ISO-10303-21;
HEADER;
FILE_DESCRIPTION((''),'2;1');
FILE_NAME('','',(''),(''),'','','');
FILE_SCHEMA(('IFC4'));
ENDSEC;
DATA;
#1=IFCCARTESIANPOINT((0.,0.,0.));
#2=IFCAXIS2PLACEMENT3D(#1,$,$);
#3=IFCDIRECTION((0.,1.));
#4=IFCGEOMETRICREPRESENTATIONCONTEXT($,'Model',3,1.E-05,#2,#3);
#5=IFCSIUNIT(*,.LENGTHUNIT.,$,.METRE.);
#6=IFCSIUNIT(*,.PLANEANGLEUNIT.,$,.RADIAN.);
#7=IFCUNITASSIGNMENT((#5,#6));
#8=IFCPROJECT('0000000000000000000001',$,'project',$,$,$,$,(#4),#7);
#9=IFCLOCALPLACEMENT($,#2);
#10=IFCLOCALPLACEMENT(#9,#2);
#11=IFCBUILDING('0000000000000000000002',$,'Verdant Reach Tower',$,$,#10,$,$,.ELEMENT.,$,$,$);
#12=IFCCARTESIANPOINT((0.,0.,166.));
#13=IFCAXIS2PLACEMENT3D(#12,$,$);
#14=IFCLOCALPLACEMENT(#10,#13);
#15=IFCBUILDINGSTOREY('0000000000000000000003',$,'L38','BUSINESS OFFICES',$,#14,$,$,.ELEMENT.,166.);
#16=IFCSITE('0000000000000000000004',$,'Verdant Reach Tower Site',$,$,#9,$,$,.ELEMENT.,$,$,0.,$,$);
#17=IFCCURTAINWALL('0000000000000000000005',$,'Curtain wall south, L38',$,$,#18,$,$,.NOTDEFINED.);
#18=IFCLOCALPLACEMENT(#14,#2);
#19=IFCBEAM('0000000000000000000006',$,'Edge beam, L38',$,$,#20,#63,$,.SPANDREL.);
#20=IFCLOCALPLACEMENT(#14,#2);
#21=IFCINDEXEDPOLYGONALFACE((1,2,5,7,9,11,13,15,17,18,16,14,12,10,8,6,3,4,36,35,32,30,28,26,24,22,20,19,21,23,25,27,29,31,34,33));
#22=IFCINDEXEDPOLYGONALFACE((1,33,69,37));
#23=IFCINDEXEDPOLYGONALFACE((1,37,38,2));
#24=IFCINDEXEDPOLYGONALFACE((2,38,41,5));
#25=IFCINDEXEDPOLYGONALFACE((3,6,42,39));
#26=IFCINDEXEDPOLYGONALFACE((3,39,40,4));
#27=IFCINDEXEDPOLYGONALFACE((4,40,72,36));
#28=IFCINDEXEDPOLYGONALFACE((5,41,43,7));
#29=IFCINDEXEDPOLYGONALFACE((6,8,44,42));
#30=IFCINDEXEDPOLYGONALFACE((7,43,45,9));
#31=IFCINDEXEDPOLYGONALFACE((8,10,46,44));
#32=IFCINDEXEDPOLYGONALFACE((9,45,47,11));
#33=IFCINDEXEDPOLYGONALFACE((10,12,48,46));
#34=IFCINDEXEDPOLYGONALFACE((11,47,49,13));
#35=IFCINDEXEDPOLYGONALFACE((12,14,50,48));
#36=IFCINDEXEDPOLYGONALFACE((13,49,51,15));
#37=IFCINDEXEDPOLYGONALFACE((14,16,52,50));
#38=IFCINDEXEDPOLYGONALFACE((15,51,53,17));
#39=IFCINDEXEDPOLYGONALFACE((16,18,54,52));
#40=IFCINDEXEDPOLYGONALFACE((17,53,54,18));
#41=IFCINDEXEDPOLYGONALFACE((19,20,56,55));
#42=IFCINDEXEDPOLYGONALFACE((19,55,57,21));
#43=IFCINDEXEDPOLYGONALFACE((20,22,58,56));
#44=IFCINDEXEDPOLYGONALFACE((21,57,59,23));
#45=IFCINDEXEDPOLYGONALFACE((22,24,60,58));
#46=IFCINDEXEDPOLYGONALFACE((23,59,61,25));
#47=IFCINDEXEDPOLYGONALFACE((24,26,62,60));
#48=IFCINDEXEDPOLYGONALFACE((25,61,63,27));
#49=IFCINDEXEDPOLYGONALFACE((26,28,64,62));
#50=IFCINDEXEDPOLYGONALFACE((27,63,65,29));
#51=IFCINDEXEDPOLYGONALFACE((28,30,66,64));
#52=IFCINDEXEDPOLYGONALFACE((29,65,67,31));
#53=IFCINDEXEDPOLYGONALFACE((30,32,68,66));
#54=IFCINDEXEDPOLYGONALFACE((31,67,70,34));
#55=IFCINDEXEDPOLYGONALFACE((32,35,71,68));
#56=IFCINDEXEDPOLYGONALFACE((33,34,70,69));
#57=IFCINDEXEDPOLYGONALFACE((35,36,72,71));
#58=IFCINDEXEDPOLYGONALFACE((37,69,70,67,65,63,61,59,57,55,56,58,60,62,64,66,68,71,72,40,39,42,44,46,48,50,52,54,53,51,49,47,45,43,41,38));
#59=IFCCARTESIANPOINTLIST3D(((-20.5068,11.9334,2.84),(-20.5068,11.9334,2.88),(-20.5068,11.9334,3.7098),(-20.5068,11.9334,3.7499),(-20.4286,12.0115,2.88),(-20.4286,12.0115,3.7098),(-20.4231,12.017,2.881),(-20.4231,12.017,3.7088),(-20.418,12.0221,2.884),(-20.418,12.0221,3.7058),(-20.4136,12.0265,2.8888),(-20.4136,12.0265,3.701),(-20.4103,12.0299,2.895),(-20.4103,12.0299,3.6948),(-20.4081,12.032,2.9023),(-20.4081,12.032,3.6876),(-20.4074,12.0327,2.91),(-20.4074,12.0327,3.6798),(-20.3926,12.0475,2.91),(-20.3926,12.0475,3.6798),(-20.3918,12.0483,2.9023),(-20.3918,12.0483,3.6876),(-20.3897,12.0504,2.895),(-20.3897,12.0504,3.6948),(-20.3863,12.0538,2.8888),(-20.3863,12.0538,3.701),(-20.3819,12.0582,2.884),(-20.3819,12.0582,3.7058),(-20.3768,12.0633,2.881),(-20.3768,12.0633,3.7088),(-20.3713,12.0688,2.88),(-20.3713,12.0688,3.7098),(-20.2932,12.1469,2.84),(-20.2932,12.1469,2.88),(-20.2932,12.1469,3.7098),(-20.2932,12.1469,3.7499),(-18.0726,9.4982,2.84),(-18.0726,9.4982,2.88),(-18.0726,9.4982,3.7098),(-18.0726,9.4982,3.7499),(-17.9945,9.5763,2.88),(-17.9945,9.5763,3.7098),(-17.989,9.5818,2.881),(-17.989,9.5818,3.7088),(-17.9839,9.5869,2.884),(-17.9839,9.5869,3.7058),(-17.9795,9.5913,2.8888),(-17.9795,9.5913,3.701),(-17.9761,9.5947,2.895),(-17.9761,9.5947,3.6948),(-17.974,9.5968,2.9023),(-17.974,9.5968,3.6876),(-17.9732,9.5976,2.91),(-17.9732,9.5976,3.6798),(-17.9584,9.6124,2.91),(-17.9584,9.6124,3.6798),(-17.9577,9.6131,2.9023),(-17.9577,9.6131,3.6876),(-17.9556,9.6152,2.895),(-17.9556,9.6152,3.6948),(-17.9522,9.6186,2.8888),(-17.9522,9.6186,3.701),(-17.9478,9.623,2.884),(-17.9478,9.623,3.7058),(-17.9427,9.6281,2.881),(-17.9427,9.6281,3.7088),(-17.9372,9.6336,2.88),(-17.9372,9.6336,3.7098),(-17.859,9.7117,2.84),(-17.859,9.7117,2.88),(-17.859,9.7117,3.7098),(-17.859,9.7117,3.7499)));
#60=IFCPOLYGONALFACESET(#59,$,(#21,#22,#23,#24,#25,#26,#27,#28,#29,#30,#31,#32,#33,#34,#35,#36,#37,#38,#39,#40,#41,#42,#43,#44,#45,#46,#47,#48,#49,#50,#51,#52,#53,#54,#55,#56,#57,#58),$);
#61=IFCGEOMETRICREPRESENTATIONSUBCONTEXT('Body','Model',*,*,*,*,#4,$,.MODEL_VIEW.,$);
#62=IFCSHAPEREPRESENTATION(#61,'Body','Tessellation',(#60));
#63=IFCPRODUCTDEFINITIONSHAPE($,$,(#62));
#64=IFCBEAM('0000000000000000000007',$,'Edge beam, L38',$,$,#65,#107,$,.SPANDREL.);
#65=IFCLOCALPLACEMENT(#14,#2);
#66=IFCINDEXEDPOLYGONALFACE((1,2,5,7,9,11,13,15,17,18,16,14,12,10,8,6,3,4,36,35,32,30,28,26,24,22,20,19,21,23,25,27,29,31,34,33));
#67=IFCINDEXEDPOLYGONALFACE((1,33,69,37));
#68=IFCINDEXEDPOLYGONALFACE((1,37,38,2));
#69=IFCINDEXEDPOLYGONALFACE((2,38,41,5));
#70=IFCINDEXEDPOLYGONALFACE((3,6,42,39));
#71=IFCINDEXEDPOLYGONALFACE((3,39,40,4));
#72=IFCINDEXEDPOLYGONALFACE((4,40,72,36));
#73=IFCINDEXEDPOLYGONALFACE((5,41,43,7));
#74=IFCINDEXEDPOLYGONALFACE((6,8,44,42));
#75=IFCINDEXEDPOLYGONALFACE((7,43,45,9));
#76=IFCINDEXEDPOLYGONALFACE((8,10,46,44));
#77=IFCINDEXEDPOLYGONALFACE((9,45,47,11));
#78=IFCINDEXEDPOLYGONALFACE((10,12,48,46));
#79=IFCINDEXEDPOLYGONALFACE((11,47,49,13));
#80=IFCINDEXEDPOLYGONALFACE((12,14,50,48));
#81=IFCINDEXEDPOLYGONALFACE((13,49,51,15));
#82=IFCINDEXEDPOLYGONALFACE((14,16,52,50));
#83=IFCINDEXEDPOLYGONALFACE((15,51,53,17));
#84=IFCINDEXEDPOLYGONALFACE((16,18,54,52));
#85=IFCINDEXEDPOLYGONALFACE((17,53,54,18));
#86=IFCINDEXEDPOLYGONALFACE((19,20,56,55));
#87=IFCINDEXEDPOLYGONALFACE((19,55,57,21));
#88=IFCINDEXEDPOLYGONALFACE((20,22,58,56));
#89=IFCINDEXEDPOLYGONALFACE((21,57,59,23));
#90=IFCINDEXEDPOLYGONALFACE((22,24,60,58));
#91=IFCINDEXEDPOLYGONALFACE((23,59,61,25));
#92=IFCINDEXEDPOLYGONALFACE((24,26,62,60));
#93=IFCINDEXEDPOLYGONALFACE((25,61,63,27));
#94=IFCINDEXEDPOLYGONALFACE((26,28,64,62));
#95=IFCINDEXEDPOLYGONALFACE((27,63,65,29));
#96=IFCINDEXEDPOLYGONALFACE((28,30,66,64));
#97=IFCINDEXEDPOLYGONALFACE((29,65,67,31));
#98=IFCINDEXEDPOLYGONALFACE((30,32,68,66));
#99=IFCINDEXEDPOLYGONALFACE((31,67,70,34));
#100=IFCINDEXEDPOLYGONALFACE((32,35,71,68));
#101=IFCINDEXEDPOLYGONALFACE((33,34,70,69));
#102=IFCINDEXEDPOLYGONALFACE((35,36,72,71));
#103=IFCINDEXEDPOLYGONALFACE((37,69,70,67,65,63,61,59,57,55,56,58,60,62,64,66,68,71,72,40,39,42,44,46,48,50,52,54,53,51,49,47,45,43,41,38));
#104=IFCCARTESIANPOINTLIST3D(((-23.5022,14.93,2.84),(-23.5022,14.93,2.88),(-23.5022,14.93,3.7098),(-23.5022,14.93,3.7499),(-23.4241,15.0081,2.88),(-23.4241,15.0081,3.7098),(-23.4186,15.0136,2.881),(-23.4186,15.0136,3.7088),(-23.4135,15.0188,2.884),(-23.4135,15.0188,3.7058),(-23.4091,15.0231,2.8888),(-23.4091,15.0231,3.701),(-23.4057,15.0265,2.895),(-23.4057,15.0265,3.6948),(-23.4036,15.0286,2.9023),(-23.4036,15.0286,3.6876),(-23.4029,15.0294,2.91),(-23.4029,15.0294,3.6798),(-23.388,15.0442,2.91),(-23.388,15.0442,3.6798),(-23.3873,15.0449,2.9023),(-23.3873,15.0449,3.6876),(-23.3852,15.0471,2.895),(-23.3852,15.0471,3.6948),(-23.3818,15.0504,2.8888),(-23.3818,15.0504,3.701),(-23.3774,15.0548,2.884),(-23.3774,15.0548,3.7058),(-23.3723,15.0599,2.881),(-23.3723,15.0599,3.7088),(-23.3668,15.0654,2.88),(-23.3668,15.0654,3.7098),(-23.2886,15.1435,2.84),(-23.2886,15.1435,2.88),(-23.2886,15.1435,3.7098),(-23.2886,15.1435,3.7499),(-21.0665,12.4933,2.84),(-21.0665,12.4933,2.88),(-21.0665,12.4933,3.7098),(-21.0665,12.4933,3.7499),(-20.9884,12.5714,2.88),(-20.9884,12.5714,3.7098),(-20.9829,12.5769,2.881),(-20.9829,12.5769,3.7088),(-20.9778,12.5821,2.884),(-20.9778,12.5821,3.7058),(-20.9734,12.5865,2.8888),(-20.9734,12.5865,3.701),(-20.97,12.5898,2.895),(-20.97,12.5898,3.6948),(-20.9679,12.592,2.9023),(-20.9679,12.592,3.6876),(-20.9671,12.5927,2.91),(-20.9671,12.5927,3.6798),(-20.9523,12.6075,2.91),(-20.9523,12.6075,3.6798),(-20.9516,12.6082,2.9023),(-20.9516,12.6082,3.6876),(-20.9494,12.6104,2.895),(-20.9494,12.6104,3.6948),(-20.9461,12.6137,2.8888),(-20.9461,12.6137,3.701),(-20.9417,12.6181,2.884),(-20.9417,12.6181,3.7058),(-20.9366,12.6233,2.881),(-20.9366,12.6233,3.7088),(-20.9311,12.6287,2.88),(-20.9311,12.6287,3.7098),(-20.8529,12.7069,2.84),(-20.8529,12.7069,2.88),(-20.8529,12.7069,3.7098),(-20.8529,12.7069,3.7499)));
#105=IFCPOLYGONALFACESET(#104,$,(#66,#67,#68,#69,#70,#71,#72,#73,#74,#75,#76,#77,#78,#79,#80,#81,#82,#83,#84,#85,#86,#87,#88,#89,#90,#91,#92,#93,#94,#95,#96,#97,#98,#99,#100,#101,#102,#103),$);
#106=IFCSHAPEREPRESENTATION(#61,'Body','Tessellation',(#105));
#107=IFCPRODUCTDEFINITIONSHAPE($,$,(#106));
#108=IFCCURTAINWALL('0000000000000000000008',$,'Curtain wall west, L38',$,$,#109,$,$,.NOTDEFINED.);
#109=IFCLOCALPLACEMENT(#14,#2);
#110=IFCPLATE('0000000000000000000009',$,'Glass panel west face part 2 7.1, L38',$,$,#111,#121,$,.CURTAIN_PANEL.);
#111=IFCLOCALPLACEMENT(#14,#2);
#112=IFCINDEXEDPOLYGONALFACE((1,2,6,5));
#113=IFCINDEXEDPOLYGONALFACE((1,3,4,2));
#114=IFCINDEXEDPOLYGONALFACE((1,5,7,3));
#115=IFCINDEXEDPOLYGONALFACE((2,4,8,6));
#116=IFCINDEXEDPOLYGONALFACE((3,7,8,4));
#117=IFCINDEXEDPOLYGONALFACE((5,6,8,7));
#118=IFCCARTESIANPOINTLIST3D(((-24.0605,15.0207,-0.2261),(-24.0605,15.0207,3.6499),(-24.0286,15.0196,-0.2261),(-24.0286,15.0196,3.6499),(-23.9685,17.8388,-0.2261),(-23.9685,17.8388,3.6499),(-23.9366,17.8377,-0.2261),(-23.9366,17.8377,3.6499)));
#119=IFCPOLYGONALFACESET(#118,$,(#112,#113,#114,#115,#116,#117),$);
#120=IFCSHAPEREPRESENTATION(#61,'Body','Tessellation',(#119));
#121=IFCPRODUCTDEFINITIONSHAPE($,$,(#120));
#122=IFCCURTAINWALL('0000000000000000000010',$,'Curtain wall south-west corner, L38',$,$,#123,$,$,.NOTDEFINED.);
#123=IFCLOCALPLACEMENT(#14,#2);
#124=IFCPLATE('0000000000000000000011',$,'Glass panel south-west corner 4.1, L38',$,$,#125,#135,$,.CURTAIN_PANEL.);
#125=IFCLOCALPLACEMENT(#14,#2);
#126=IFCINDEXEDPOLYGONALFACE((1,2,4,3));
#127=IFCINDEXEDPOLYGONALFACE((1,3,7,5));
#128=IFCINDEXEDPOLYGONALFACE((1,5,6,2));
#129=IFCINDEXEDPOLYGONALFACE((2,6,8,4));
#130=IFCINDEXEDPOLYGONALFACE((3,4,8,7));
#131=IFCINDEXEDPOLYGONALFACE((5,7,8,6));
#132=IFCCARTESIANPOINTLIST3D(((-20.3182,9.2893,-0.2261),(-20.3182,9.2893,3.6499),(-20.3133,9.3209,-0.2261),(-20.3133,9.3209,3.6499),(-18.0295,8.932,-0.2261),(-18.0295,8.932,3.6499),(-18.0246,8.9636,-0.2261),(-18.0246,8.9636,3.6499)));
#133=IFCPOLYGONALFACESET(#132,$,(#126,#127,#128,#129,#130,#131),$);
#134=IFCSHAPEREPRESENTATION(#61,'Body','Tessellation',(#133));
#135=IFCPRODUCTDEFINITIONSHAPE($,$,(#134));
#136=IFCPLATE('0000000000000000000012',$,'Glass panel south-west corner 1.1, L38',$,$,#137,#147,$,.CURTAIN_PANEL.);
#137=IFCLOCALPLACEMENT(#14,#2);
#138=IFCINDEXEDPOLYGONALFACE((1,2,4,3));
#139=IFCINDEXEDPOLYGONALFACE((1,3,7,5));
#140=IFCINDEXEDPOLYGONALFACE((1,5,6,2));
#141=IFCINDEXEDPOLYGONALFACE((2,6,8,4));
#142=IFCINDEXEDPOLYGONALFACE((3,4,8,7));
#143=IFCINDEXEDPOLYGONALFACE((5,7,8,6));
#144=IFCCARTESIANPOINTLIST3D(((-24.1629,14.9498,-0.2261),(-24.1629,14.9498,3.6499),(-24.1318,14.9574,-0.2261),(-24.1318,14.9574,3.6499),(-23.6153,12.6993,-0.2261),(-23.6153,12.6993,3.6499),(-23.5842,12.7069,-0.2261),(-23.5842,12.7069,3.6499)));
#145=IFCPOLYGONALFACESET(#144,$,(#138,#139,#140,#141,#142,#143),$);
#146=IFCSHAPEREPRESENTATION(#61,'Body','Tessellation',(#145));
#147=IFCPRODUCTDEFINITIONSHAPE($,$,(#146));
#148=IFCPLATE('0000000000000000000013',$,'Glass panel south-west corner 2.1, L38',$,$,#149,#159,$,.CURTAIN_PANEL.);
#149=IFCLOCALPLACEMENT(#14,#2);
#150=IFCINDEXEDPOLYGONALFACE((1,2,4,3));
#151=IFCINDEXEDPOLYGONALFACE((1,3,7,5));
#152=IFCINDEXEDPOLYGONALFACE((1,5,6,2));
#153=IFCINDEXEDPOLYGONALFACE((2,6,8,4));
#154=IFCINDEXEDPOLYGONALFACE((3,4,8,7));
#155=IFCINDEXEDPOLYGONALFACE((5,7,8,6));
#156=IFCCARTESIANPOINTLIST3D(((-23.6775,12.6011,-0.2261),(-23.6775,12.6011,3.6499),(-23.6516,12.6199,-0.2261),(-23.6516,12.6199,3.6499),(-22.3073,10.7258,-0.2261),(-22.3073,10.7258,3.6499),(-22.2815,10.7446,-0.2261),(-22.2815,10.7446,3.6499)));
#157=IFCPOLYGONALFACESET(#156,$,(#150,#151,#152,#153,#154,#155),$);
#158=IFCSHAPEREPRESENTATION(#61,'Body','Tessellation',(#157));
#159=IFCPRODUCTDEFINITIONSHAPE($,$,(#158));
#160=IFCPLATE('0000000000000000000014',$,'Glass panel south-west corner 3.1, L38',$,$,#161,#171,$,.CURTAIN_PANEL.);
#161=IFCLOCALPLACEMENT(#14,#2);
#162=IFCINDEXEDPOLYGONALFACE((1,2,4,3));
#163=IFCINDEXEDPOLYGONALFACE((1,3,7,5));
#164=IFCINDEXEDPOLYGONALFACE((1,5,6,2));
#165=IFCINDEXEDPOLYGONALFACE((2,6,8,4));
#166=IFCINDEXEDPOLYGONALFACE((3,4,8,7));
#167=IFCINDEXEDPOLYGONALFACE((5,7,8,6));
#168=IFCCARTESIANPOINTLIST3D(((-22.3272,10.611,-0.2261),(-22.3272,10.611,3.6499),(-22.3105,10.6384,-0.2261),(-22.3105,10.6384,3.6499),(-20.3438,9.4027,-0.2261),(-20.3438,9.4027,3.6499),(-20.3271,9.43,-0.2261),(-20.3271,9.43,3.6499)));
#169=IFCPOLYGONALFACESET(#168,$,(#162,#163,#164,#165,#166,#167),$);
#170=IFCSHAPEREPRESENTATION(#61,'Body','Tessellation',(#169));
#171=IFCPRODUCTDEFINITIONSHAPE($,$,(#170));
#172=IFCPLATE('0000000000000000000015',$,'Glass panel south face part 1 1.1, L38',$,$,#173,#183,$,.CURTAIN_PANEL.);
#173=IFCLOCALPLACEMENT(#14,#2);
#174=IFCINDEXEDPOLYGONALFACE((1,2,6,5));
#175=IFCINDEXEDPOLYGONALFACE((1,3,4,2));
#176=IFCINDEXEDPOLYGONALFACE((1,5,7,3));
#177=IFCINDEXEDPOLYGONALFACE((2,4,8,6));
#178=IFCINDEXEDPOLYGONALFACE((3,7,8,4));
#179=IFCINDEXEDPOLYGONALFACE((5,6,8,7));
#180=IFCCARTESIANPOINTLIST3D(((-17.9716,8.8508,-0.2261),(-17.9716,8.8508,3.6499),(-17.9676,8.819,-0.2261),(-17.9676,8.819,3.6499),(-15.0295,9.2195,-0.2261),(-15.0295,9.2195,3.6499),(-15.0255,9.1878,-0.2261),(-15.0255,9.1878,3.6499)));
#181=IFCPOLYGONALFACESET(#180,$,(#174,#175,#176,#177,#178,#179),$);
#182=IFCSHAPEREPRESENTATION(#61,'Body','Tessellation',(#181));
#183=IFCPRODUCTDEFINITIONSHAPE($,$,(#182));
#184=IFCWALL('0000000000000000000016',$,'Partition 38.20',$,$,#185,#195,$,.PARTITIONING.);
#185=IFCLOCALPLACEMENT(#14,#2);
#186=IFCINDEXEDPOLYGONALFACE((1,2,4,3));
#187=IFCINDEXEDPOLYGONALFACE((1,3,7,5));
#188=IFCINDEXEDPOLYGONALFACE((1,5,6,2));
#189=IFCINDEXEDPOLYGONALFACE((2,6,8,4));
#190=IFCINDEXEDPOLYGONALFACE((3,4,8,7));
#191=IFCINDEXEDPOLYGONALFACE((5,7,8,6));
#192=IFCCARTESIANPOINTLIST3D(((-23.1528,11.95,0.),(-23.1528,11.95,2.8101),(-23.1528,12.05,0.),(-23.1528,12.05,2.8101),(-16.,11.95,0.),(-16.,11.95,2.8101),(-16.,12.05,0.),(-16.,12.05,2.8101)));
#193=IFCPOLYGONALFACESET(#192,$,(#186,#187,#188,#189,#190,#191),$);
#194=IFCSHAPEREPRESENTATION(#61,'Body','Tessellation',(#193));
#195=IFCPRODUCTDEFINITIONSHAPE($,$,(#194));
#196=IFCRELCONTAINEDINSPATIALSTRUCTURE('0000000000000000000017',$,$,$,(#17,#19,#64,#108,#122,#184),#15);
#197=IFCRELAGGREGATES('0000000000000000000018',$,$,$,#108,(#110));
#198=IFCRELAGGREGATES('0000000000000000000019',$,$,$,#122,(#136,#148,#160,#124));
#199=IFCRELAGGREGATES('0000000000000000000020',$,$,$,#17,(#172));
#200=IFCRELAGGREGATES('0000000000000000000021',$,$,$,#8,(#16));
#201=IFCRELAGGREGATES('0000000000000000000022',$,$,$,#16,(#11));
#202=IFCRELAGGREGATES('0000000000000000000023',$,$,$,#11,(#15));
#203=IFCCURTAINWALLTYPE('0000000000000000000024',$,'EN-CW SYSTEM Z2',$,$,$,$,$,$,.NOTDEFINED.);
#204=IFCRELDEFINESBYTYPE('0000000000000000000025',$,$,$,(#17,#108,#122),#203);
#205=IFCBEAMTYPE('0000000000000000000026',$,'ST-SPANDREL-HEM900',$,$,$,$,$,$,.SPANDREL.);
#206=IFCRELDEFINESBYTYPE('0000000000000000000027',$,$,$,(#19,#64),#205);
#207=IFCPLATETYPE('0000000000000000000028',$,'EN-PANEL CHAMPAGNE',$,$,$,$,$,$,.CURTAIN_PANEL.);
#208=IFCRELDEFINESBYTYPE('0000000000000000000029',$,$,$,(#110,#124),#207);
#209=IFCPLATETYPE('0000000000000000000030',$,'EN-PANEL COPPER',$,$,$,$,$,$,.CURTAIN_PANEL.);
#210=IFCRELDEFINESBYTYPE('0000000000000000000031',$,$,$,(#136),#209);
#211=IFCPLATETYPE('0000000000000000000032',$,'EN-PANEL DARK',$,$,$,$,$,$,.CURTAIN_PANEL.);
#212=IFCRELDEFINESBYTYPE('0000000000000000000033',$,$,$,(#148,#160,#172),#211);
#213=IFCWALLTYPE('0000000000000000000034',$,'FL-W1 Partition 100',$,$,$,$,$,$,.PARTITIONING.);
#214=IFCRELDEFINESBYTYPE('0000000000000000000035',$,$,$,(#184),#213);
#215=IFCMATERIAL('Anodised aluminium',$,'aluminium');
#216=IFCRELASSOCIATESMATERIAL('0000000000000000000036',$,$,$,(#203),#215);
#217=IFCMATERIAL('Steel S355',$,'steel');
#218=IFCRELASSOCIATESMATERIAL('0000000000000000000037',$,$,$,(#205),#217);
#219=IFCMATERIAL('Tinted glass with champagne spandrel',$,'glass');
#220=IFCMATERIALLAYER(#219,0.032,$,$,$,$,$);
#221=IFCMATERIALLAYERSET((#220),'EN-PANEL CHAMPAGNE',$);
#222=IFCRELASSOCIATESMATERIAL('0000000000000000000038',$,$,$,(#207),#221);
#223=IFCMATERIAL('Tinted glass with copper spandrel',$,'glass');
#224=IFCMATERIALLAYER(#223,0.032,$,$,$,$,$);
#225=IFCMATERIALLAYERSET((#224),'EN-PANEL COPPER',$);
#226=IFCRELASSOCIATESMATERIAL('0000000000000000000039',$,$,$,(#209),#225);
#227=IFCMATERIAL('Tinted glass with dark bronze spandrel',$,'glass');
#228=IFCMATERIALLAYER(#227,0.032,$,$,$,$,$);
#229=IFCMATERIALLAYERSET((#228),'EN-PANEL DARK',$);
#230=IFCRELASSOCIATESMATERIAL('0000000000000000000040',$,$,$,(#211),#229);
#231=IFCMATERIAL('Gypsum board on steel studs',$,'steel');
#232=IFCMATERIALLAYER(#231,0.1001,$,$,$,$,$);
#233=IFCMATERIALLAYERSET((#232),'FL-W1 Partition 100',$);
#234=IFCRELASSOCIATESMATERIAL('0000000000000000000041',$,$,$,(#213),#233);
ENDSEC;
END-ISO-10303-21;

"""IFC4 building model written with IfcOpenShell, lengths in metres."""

from ifc_helpers import new_model, si_unit, direction, frame, frame_2d, origin, origin_2d, place, context, subcontext, project, spatial, rectangle, i_section, extrude, material, layer, layer_set, material_profile, profile_set, type_object, element, aggregate, save


model = new_model("IFC4")

# Units and contexts
model_context = context("Model", 3, precision=1e-05, world=origin(), true_north=direction((0.0, 1.0)))
body_context = subcontext(model_context, "Body", "Model", "MODEL_VIEW")
ifc_project = project(units=[si_unit("LENGTHUNIT", "METRE"), si_unit("PLANEANGLEUNIT", "RADIAN")], contexts=[model_context])

# Site, building, storey
site_placement = place(None, origin())
site = spatial("IfcSite", under=ifc_project, at=site_placement, Name="Verdant Reach Tower Site", CompositionType="ELEMENT", RefElevation=0.0)
building_placement = place(site_placement, origin())
building = spatial("IfcBuilding", under=site, at=building_placement, Name="Verdant Reach Tower", CompositionType="ELEMENT")
storey_placement = place(building_placement, frame((0.0, 0.0, 166.0)))
storey = spatial("IfcBuildingStorey", under=building, at=storey_placement, Name="L38", Description="BUSINESS OFFICES", CompositionType="ELEMENT", Elevation=166.0)

# Curtain wall
ifc_material_1 = material(Name="Anodised aluminium", Category="aluminium")
curtain_wall_type = type_object("IfcCurtainWallType", Name="EN-CW SYSTEM Z2", PredefinedType="NOTDEFINED", material=ifc_material_1)
curtain_wall_1_placement = place(storey_placement, origin())
curtain_wall_1 = element("IfcCurtainWall", 1, at=curtain_wall_1_placement, inside=storey, type_object=curtain_wall_type, Name="Curtain wall south, L38", PredefinedType="NOTDEFINED")

# Beams
ifc_material_2 = material(Name="Steel S355", Category="steel")
ifc_material_profile_1 = material_profile(ifc_material_2, i_section(OverallWidth=0.302, OverallDepth=0.9099, WebThickness=0.021, FlangeThickness=0.04, FilletRadius=0.03, at=origin_2d()), Name="HEM 900")
ifc_profile_set_1 = profile_set([ifc_material_profile_1], Name="Steel S355")
beam_type_1 = type_object("IfcBeamType", Name="ST-SPANDREL-HEM900", PredefinedType="SPANDREL", material=ifc_profile_set_1)
beam_1_placement = place(storey_placement, frame((-17.9658, 9.605, 3.2949), z_axis=(-0.706965, 0.707249, 0.0), x_axis=(-0.707249, -0.706965, 0.0)))
element("IfcBeam", 2, at=beam_1_placement, inside=storey, type_object=beam_type_1, Name="Edge beam, L38", PredefinedType="SPANDREL", context=body_context, shape_type="SweptSolid", body=[
    extrude(i_section(OverallWidth=0.302, OverallDepth=0.9099, WebThickness=0.021, FlangeThickness=0.04, FilletRadius=0.03, at=origin_2d()), origin(), (0.0, 0.0, 1.0), 3.4431),
])
beam_2_placement = place(storey_placement, frame((-20.9597, 12.6001, 3.2949), z_axis=(-0.706965, 0.707248, 0.0), x_axis=(-0.707248, -0.706965, 0.0)))
element("IfcBeam", 3, at=beam_2_placement, inside=storey, type_object=beam_type_1, Name="Edge beam, L38", PredefinedType="SPANDREL", context=body_context, shape_type="SweptSolid", body=[
    extrude(i_section(OverallWidth=0.302, OverallDepth=0.9099, WebThickness=0.021, FlangeThickness=0.04, FilletRadius=0.03, at=origin_2d()), origin(), (0.0, 0.0, 1.0), 3.4453),
])

# Curtain wall, plate
curtain_wall_2_placement = place(storey_placement, origin())
curtain_wall_2 = element("IfcCurtainWall", 4, at=curtain_wall_2_placement, inside=storey, type_object=curtain_wall_type, Name="Curtain wall west, L38", PredefinedType="NOTDEFINED")
ifc_material_3 = material(Name="Tinted glass with champagne spandrel", Category="glass")
ifc_layer_1 = layer(ifc_material_3, 0.032)
ifc_layer_set_1 = layer_set([ifc_layer_1], Name="EN-PANEL CHAMPAGNE")
plate_type_1 = type_object("IfcPlateType", Name="EN-PANEL CHAMPAGNE", PredefinedType="CURTAIN_PANEL", material=ifc_layer_set_1)
plate_1_placement = place(storey_placement, frame((-23.9985, 16.4292, -0.2261), z_axis=(0.0, 0.0, 1.0), x_axis=(-0.032628, -0.999468, 0.0)))
plate_1 = element("IfcPlate", 5, at=plate_1_placement, type_object=plate_type_1, Name="Glass panel west face part 2 7.1, L38", PredefinedType="CURTAIN_PANEL", context=body_context, shape_type="SweptSolid", body=[
    extrude(rectangle(XDim=2.8196, YDim=0.032, at=origin_2d()), origin(), (0.0, 0.0, 1.0), 3.876),
])
aggregate(curtain_wall_2, [plate_1])

# Curtain wall, plates
curtain_wall_3_placement = place(storey_placement, origin())
curtain_wall_3 = element("IfcCurtainWall", 6, at=curtain_wall_3_placement, inside=storey, type_object=curtain_wall_type, Name="Curtain wall south-west corner, L38", PredefinedType="NOTDEFINED")
plate_2_placement = place(storey_placement, frame((-19.1714, 9.1265, -0.2261), z_axis=(0.0, 0.0, 1.0), x_axis=(0.988031, -0.154256, 0.0)))
plate_2 = element("IfcPlate", 7, at=plate_2_placement, type_object=plate_type_1, Name="Glass panel south-west corner 4.1, L38", PredefinedType="CURTAIN_PANEL", context=body_context, shape_type="SweptSolid", body=[
    extrude(rectangle(XDim=2.3164, YDim=0.032, at=origin_2d()), origin(), (0.0, 0.0, 1.0), 3.876),
])
ifc_material_4 = material(Name="Tinted glass with copper spandrel", Category="glass")
ifc_layer_2 = layer(ifc_material_4, 0.032)
ifc_layer_set_2 = layer_set([ifc_layer_2], Name="EN-PANEL COPPER")
plate_type_2 = type_object("IfcPlateType", Name="EN-PANEL COPPER", PredefinedType="CURTAIN_PANEL", material=ifc_layer_set_2)
plate_3_placement = place(storey_placement, frame((-23.8735, 13.8284, -0.2261), z_axis=(0.0, 0.0, 1.0), x_axis=(0.236416, -0.971652, 0.0)))
plate_3 = element("IfcPlate", 8, at=plate_3_placement, type_object=plate_type_2, Name="Glass panel south-west corner 1.1, L38", PredefinedType="CURTAIN_PANEL", context=body_context, shape_type="SweptSolid", body=[
    extrude(rectangle(XDim=2.3162, YDim=0.032, at=origin_2d()), origin(), (0.0, 0.0, 1.0), 3.876),
])
ifc_material_5 = material(Name="Tinted glass with dark bronze spandrel", Category="glass")
ifc_layer_3 = layer(ifc_material_5, 0.032)
ifc_layer_set_3 = layer_set([ifc_layer_3], Name="EN-PANEL DARK")
plate_type_3 = type_object("IfcPlateType", Name="EN-PANEL DARK", PredefinedType="CURTAIN_PANEL", material=ifc_layer_set_3)
plate_4_placement = place(storey_placement, frame((-22.9795, 11.6729, -0.2261), z_axis=(0.0, 0.0, 1.0), x_axis=(0.589927, -0.807457, 0.0)))
plate_4 = element("IfcPlate", 9, at=plate_4_placement, type_object=plate_type_3, Name="Glass panel south-west corner 2.1, L38", PredefinedType="CURTAIN_PANEL", context=body_context, shape_type="SweptSolid", body=[
    extrude(rectangle(XDim=2.3225, YDim=0.032, at=origin_2d()), origin(), (0.0, 0.0, 1.0), 3.876),
])
plate_5_placement = place(storey_placement, frame((-21.3271, 10.0205, -0.2261), z_axis=(0.0, 0.0, 1.0), x_axis=(0.853989, -0.520292, 0.0)))
plate_5 = element("IfcPlate", 10, at=plate_5_placement, type_object=plate_type_3, Name="Glass panel south-west corner 3.1, L38", PredefinedType="CURTAIN_PANEL", context=body_context, shape_type="SweptSolid", body=[
    extrude(rectangle(XDim=2.3225, YDim=0.032, at=origin_2d()), origin(), (0.0, 0.0, 1.0), 3.876),
])
aggregate(curtain_wall_3, [plate_3, plate_4, plate_5, plate_2])

# Plate
plate_6_placement = place(storey_placement, frame((-16.4985, 9.0193, -0.2261), z_axis=(0.0, 0.0, 1.0), x_axis=(0.992237, 0.124365, 0.0)))
plate_6 = element("IfcPlate", 11, at=plate_6_placement, type_object=plate_type_3, Name="Glass panel south face part 1 1.1, L38", PredefinedType="CURTAIN_PANEL", context=body_context, shape_type="SweptSolid", body=[
    extrude(rectangle(XDim=2.9651, YDim=0.032, at=origin_2d()), origin(), (0.0, 0.0, 1.0), 3.876),
])
aggregate(curtain_wall_1, [plate_6])

# Wall
ifc_material_6 = material(Name="Gypsum board on steel studs", Category="steel")
ifc_layer_4 = layer(ifc_material_6, 0.1001)
ifc_layer_set_4 = layer_set([ifc_layer_4], Name="FL-W1 Partition 100")
wall_type_1 = type_object("IfcWallType", Name="FL-W1 Partition 100", PredefinedType="PARTITIONING", material=ifc_layer_set_4)
wall_1_placement = place(storey_placement, frame((-16.0, 12.0, 0.0), z_axis=(0.0, 0.0, 1.0), x_axis=(-1.0, 0.0, 0.0)))
element("IfcWall", 12, at=wall_1_placement, inside=storey, type_object=wall_type_1, Name="Partition 38.20", PredefinedType="PARTITIONING", context=body_context, shape_type="SweptSolid", body=[
    extrude(rectangle(XDim=7.1528, YDim=0.1001, at=frame_2d((3.5764, 0.0))), origin(), (0.0, 0.0, 1.0), 2.8101),
])

save(model, "model.ifc")
